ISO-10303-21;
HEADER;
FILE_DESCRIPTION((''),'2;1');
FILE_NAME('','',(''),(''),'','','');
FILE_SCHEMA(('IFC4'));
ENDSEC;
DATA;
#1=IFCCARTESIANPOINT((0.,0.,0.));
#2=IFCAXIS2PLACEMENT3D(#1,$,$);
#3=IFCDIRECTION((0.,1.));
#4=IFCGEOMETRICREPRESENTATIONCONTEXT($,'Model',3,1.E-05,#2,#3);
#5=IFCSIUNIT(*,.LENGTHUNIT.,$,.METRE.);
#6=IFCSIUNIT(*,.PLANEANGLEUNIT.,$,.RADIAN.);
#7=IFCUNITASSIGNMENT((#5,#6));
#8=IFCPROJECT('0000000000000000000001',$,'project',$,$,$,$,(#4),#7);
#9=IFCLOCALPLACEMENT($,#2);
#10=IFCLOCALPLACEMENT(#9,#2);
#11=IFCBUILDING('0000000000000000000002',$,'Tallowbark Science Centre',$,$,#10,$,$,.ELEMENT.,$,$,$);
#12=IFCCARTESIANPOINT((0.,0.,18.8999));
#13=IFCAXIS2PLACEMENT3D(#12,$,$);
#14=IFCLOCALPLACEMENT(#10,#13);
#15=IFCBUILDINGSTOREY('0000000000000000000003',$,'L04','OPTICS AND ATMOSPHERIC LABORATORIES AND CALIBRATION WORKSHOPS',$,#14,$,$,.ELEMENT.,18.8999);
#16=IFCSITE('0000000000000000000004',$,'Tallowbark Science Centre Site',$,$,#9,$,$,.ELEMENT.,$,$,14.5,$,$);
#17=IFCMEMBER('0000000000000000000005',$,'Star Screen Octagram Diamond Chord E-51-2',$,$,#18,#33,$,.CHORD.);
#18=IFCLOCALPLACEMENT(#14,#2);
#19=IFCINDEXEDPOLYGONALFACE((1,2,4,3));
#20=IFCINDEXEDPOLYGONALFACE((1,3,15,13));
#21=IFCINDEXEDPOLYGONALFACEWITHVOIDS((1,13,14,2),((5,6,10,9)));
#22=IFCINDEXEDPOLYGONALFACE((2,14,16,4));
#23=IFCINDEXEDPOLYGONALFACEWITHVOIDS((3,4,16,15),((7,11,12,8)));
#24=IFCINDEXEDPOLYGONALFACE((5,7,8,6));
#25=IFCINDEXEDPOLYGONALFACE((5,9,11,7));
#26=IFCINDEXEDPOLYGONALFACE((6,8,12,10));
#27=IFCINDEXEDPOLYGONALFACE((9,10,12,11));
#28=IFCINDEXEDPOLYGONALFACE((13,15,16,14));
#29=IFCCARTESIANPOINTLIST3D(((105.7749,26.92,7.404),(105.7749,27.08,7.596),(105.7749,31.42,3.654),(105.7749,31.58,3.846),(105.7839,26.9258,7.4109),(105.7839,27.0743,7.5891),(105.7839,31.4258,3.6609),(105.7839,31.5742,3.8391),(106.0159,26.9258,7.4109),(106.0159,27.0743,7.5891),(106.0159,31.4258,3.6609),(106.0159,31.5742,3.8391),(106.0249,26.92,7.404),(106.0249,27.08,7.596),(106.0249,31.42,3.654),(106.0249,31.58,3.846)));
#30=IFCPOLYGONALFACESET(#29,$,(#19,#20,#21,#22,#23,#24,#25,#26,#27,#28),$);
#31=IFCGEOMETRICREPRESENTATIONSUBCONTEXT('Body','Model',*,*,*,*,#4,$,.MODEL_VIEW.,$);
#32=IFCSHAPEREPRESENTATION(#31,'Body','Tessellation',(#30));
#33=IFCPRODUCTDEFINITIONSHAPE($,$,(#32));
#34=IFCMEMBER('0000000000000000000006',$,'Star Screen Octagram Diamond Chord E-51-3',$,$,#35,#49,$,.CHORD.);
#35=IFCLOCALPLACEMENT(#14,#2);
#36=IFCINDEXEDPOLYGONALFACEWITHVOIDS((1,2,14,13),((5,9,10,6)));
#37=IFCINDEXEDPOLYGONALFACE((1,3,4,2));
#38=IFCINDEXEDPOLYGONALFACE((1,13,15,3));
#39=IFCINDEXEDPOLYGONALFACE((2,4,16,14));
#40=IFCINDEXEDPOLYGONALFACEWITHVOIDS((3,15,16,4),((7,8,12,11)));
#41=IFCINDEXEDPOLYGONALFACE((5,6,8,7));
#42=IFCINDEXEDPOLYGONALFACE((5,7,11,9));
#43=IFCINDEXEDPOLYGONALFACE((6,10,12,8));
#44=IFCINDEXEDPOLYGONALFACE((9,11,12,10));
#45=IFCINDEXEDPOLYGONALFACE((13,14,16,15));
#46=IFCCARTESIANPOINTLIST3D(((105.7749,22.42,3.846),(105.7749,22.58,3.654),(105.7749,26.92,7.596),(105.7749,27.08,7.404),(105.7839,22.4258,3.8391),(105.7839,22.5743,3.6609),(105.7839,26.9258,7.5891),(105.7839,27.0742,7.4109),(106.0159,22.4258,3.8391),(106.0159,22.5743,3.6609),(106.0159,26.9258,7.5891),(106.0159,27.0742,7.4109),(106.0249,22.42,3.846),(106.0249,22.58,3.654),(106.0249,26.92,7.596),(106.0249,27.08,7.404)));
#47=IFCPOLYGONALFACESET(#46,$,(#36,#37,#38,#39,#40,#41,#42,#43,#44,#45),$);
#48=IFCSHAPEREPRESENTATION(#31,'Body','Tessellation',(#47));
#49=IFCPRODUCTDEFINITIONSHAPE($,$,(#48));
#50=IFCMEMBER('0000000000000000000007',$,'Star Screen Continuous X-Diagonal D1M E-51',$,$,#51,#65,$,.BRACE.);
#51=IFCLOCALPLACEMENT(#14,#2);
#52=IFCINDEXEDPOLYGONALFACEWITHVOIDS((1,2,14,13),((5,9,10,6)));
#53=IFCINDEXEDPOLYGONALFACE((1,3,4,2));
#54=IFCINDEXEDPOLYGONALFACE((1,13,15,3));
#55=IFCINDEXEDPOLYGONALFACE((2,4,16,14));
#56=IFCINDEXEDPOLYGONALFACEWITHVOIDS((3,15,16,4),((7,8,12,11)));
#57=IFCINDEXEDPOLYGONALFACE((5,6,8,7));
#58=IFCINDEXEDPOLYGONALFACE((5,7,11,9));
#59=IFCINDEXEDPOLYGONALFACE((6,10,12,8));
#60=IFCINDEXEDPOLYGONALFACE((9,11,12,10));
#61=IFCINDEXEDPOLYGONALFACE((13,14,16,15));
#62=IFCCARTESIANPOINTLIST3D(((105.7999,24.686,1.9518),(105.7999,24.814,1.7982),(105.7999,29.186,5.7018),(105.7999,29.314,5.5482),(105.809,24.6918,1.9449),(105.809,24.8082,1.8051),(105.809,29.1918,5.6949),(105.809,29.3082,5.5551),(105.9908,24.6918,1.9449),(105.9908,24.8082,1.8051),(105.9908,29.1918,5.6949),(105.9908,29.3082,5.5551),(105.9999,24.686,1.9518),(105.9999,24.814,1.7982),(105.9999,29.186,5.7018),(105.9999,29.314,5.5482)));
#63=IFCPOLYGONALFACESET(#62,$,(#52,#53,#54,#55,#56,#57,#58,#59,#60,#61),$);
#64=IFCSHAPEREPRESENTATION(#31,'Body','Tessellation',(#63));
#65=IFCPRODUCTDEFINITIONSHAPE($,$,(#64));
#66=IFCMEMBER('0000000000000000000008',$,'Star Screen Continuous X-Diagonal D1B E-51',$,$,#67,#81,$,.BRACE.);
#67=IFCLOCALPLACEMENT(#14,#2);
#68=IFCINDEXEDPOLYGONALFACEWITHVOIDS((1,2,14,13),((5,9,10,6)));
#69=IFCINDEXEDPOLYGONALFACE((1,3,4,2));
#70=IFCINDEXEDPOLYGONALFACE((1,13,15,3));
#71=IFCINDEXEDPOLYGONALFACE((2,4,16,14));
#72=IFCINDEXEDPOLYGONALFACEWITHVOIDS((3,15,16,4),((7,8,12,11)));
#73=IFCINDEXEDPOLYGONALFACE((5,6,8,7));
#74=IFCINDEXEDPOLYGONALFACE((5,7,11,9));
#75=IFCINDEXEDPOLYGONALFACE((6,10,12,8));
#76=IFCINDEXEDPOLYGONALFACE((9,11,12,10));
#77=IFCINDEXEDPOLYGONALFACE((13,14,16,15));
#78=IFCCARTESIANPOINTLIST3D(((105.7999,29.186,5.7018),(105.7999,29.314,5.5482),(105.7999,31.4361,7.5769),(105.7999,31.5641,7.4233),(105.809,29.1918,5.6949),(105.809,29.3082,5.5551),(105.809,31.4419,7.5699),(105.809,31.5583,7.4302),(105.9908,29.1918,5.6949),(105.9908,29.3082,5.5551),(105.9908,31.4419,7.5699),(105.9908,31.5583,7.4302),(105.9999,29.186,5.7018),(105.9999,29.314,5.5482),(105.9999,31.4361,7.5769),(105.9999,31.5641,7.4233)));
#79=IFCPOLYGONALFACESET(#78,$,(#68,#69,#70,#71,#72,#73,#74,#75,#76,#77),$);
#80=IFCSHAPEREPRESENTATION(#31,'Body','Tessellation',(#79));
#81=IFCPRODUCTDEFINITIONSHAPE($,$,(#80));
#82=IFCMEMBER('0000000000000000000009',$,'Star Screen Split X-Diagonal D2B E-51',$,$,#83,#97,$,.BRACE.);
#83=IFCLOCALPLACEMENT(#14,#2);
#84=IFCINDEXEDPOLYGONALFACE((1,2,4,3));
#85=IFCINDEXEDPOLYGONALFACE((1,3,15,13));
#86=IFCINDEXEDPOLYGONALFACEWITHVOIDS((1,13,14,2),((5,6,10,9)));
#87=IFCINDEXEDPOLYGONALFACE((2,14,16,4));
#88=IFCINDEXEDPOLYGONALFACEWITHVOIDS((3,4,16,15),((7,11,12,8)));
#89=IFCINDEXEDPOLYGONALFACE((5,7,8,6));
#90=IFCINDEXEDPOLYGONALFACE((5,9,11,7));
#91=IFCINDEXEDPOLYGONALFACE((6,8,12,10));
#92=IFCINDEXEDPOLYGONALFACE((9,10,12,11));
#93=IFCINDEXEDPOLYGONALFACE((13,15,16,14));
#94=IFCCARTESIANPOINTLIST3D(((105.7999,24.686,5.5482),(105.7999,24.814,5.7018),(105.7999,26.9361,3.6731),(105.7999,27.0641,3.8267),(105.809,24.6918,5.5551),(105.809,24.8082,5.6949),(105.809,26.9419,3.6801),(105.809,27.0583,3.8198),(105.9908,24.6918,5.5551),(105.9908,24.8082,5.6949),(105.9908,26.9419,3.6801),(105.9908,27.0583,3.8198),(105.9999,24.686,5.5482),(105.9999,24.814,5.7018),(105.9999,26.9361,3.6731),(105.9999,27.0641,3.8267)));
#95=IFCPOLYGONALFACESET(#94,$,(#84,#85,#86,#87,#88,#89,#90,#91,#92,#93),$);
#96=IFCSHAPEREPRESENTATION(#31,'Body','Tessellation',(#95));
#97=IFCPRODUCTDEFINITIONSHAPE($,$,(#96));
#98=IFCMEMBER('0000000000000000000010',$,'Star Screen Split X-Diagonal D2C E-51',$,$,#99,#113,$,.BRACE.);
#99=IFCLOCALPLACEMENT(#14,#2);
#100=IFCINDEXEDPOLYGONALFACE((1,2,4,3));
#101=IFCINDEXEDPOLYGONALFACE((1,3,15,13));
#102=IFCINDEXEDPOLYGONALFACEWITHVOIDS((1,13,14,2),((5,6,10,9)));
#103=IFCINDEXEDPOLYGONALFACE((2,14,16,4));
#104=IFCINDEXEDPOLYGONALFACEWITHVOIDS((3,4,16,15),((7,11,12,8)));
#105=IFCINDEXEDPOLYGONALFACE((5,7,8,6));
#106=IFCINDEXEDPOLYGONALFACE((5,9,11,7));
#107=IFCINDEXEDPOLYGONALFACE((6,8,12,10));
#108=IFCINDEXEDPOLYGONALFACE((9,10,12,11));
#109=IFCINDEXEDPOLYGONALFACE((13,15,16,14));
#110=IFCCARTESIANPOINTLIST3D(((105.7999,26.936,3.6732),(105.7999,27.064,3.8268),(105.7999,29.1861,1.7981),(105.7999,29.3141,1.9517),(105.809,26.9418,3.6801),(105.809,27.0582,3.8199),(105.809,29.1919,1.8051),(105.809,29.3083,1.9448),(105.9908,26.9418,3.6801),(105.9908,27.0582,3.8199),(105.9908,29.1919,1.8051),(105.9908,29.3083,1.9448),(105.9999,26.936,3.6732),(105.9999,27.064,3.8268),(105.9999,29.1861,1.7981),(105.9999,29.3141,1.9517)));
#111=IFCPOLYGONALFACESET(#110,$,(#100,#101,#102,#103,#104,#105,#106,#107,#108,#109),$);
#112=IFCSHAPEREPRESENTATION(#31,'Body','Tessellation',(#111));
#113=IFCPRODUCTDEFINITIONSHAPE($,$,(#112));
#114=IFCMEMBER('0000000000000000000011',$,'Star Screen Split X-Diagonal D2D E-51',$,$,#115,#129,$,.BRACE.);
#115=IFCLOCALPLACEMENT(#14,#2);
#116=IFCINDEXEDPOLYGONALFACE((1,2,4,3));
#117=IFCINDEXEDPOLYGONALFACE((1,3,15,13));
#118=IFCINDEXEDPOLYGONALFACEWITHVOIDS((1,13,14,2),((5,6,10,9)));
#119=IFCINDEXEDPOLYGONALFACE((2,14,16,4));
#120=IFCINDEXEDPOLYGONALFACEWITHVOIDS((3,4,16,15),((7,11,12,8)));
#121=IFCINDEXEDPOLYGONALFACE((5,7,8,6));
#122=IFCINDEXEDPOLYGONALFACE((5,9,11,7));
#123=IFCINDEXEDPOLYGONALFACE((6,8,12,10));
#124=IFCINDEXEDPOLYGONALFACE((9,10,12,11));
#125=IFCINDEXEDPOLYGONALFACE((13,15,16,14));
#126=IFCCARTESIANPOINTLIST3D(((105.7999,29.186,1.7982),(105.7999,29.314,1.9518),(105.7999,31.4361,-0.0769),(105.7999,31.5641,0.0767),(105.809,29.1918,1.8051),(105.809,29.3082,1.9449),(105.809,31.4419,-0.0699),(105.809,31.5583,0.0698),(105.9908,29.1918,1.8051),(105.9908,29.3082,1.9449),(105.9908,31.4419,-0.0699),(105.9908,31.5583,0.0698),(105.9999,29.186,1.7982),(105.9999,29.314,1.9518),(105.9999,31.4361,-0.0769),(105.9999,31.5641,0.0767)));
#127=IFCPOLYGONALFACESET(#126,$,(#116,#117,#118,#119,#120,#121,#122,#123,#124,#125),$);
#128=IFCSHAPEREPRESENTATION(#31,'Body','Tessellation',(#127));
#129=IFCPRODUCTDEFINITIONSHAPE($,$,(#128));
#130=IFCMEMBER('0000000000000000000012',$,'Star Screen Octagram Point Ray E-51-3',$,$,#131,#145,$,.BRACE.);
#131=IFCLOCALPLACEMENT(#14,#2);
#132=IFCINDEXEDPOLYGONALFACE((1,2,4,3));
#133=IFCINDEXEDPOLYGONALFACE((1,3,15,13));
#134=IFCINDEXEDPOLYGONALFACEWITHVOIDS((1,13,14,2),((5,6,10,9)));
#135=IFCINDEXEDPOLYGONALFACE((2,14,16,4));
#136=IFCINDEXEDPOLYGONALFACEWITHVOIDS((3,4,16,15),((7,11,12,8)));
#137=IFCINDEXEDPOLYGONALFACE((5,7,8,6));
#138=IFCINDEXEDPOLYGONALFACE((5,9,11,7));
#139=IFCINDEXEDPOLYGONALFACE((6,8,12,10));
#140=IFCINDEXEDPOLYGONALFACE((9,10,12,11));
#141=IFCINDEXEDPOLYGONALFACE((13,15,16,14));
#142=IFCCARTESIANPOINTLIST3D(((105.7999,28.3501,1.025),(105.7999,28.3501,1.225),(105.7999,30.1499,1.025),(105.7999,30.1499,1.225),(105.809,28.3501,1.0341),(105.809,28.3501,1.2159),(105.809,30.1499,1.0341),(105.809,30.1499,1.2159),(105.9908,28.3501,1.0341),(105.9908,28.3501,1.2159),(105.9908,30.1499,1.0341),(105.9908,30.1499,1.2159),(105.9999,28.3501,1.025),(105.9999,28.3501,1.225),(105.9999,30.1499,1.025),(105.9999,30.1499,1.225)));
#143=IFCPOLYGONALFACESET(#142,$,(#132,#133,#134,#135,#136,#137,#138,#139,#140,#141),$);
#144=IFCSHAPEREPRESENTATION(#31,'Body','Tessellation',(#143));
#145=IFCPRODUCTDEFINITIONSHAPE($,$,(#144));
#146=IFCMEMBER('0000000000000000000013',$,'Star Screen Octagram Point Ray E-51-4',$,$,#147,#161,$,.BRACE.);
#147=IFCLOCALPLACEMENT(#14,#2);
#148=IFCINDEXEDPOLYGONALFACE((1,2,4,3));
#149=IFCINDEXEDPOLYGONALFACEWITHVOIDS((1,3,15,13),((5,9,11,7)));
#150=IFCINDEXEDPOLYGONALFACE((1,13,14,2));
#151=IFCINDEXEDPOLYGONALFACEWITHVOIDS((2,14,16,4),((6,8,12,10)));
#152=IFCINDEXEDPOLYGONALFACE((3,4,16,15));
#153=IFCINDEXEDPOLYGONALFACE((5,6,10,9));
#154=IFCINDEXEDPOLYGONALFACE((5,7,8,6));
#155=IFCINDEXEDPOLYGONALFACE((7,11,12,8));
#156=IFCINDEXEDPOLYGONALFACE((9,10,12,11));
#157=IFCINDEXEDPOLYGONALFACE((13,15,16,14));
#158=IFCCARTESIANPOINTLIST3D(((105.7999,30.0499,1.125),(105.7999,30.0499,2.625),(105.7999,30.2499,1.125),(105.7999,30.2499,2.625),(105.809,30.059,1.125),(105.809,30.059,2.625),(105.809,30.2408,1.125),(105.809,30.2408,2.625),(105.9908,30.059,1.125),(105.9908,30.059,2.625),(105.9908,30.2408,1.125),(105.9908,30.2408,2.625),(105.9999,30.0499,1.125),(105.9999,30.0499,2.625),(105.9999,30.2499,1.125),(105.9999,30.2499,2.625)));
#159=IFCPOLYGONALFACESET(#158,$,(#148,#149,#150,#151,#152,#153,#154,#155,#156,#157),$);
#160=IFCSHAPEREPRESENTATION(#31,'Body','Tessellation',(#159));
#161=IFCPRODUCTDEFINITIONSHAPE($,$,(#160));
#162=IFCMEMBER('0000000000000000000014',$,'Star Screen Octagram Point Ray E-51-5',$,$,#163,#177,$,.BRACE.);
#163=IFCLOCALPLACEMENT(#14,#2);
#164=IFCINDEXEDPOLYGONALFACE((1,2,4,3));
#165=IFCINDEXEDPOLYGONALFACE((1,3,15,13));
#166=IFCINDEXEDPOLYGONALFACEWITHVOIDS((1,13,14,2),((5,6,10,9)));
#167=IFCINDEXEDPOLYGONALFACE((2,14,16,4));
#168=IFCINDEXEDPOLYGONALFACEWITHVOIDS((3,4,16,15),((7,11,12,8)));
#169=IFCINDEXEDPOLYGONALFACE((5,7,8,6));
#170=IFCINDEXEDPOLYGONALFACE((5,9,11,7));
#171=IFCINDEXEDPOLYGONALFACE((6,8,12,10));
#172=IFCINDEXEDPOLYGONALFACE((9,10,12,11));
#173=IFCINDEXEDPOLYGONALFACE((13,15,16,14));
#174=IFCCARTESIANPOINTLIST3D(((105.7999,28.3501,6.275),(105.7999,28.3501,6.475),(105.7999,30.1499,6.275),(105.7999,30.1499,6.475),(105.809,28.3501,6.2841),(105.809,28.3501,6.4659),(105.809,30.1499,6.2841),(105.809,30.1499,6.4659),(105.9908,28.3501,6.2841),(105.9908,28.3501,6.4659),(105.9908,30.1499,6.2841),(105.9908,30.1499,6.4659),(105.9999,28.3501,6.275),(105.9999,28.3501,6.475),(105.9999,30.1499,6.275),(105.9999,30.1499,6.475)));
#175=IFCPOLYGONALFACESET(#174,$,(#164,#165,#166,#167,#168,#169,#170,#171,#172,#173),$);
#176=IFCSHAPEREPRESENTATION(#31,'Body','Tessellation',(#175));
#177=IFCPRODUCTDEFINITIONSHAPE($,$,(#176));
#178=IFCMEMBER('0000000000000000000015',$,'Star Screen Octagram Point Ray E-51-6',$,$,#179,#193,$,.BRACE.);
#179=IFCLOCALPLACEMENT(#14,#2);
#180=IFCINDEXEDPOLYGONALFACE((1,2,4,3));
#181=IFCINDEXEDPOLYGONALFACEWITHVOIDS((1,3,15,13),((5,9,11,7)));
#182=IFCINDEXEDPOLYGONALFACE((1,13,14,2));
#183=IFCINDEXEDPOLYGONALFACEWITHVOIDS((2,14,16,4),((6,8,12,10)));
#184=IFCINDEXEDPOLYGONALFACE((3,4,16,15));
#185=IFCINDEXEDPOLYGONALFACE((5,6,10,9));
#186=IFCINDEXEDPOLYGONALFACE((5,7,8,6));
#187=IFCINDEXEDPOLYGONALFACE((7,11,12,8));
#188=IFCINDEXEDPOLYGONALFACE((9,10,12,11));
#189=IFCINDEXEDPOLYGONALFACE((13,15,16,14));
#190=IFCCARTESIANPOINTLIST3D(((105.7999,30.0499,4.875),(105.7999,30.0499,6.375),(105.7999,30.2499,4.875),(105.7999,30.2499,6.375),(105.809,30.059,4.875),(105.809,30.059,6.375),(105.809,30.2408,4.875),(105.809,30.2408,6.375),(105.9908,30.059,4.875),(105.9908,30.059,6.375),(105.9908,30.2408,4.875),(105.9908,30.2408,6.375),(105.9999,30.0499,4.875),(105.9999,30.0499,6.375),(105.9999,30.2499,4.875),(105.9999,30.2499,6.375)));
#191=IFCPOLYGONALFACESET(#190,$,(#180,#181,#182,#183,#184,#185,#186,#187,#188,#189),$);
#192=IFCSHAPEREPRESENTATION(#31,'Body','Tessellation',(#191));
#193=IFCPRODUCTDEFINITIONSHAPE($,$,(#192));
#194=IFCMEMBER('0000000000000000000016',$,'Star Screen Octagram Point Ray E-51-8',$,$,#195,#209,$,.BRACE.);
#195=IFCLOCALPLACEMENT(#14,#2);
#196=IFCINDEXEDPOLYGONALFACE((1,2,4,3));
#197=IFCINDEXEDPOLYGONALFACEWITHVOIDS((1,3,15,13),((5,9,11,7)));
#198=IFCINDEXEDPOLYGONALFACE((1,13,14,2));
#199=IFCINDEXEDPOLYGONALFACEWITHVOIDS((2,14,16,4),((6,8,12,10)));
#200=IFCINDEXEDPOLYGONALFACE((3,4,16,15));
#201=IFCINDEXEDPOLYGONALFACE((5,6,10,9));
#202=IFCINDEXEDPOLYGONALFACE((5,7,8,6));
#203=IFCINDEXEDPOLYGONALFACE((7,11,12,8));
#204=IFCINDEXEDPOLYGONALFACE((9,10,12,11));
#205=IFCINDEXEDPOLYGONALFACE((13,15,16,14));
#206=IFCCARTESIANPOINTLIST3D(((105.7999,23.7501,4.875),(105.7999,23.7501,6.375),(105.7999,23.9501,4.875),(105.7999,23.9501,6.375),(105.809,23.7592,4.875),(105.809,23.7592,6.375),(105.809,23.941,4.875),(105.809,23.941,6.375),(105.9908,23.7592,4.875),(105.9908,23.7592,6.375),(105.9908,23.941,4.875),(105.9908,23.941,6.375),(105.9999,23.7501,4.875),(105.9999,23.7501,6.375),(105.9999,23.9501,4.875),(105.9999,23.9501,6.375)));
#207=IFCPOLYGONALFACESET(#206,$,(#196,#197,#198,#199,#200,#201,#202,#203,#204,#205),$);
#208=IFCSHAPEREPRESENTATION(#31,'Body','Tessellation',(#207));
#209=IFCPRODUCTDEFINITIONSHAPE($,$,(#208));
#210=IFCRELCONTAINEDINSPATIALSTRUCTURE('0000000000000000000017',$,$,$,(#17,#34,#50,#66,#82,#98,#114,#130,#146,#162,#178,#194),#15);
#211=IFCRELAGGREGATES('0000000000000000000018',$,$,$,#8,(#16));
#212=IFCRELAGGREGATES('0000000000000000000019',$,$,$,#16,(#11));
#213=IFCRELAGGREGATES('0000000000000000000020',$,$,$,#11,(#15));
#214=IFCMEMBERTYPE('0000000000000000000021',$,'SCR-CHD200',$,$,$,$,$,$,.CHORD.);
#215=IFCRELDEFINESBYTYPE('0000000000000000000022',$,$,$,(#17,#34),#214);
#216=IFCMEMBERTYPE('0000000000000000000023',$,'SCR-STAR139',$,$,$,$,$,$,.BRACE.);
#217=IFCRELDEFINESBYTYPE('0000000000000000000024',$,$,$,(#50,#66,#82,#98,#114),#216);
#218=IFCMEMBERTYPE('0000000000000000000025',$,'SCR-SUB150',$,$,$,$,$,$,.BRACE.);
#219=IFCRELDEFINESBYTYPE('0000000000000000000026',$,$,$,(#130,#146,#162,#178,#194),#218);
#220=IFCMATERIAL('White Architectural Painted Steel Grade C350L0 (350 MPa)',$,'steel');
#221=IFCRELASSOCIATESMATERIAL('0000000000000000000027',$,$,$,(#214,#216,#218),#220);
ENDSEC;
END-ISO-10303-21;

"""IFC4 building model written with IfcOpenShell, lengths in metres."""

from ifc_helpers import new_model, si_unit, direction, frame, origin, origin_2d, place, context, subcontext, project, spatial, hollow_rectangle, extrude, material, material_profile, profile_set, type_object, element, save


model = new_model("IFC4")

# Units and contexts
model_context = context("Model", 3, precision=1e-05, world=origin(), true_north=direction((0.0, 1.0)))
body_context = subcontext(model_context, "Body", "Model", "MODEL_VIEW")
ifc_project = project(units=[si_unit("LENGTHUNIT", "METRE"), si_unit("PLANEANGLEUNIT", "RADIAN")], contexts=[model_context])

# Site, building, storey
site_placement = place(None, origin())
site = spatial("IfcSite", under=ifc_project, at=site_placement, Name="Tallowbark Science Centre Site", CompositionType="ELEMENT", RefElevation=14.5)
building_placement = place(site_placement, origin())
building = spatial("IfcBuilding", under=site, at=building_placement, Name="Tallowbark Science Centre", CompositionType="ELEMENT")
storey_placement = place(building_placement, frame((0.0, 0.0, 18.8999)))
storey = spatial("IfcBuildingStorey", under=building, at=storey_placement, Name="L04", Description="OPTICS AND ATMOSPHERIC LABORATORIES AND CALIBRATION WORKSHOPS", CompositionType="ELEMENT", Elevation=18.8999)

# Shared definitions
ifc_material_1 = material(Name="White Architectural Painted Steel Grade C350L0 (350 MPa)", Category="steel")

# Members
ifc_material_profile_1 = material_profile(ifc_material_1, hollow_rectangle(XDim=0.25, YDim=0.25, WallThickness=0.009, at=origin_2d()), Name="250x250x9.0SHS")
ifc_profile_set_1 = profile_set([ifc_material_profile_1], Name="White Architectural Painted Steel Grade C350L0 (350 MPa)")
member_type_1 = type_object("IfcMemberType", Name="SCR-CHD200", PredefinedType="CHORD", material=ifc_profile_set_1)
for number, where, z_axis, x_axis, name in (
    (1, (105.8999, 31.5, 3.75), (0.0, -0.768221, 0.640184), (1.0, 0.0, 0.0), "Star Screen Octagram Diamond Chord E-51-2"),
    (2, (105.8999, 27.0, 7.5), (0.0, -0.768221, -0.640184), (1.0, 0.0, 0.0), "Star Screen Octagram Diamond Chord E-51-3"),
):
    element("IfcMember", number, at=place(storey_placement, frame(where, z_axis=z_axis, x_axis=x_axis)), inside=storey, type_object=member_type_1, Name=name, PredefinedType="CHORD", context=body_context, shape_type="SweptSolid", body=[
        extrude(hollow_rectangle(XDim=0.25, YDim=0.25, WallThickness=0.009, at=origin_2d()), origin(), (0.0, 0.0, 1.0), 5.8577),
    ])
ifc_material_profile_2 = material_profile(ifc_material_1, hollow_rectangle(XDim=0.2, YDim=0.2, WallThickness=0.009, at=origin_2d()), Name="200x200x9.0SHS")
ifc_profile_set_2 = profile_set([ifc_material_profile_2], Name="White Architectural Painted Steel Grade C350L0 (350 MPa)")
member_type_2 = type_object("IfcMemberType", Name="SCR-STAR139", PredefinedType="BRACE", material=ifc_profile_set_2)
member_1_placement = place(storey_placement, frame((105.8999, 24.75, 1.875), z_axis=(0.0, 0.768221, 0.640184), x_axis=(-1.0, 0.0, 0.0)))
element("IfcMember", 3, at=member_1_placement, inside=storey, type_object=member_type_2, Name="Star Screen Continuous X-Diagonal D1M E-51", PredefinedType="BRACE", context=body_context, shape_type="SweptSolid", body=[
    extrude(hollow_rectangle(XDim=0.2, YDim=0.2, WallThickness=0.009, at=origin_2d()), origin(), (0.0, 0.0, 1.0), 5.8577),
])
for number, where, z_axis, x_axis, name in (
    (4, (105.8999, 29.25, 5.625), (0.0, 0.768221, 0.640184), (-1.0, 0.0, 0.0), "Star Screen Continuous X-Diagonal D1B E-51"),
    (5, (105.8999, 24.75, 5.625), (0.0, 0.768221, -0.640184), (-1.0, 0.0, 0.0), "Star Screen Split X-Diagonal D2B E-51"),
    (6, (105.8999, 27.0, 3.75), (0.0, 0.768221, -0.640184), (-1.0, 0.0, 0.0), "Star Screen Split X-Diagonal D2C E-51"),
    (7, (105.8999, 29.25, 1.875), (0.0, 0.768221, -0.640184), (-1.0, 0.0, 0.0), "Star Screen Split X-Diagonal D2D E-51"),
):
    element("IfcMember", number, at=place(storey_placement, frame(where, z_axis=z_axis, x_axis=x_axis)), inside=storey, type_object=member_type_2, Name=name, PredefinedType="BRACE", context=body_context, shape_type="SweptSolid", body=[
        extrude(hollow_rectangle(XDim=0.2, YDim=0.2, WallThickness=0.009, at=origin_2d()), origin(), (0.0, 0.0, 1.0), 2.929),
    ])
ifc_material_profile_3 = material_profile(ifc_material_1, hollow_rectangle(XDim=0.2, YDim=0.2, WallThickness=0.009, at=origin_2d()), Name="200x200x9.0SHS")
ifc_profile_set_3 = profile_set([ifc_material_profile_3], Name="White Architectural Painted Steel Grade C350L0 (350 MPa)")
member_type_3 = type_object("IfcMemberType", Name="SCR-SUB150", PredefinedType="BRACE", material=ifc_profile_set_3)
member_2_placement = place(storey_placement, frame((105.8999, 30.1499, 1.125), z_axis=(0.0, -1.0, 0.0), x_axis=(1.0, 0.0, 0.0)))
element("IfcMember", 8, at=member_2_placement, inside=storey, type_object=member_type_3, Name="Star Screen Octagram Point Ray E-51-3", PredefinedType="BRACE", context=body_context, shape_type="SweptSolid", body=[
    extrude(hollow_rectangle(XDim=0.2, YDim=0.2, WallThickness=0.009, at=origin_2d()), origin(), (0.0, 0.0, 1.0), 1.7998),
])
member_3_placement = place(storey_placement, frame((105.8999, 30.1499, 1.125), z_axis=(0.0, 0.0, 1.0), x_axis=(1.0, 0.0, 0.0)))
element("IfcMember", 9, at=member_3_placement, inside=storey, type_object=member_type_3, Name="Star Screen Octagram Point Ray E-51-4", PredefinedType="BRACE", context=body_context, shape_type="SweptSolid", body=[
    extrude(hollow_rectangle(XDim=0.2, YDim=0.2, WallThickness=0.009, at=origin_2d()), origin(), (0.0, 0.0, 1.0), 1.5),
])
member_4_placement = place(storey_placement, frame((105.8999, 30.1499, 6.375), z_axis=(0.0, -1.0, 0.0), x_axis=(1.0, 0.0, 0.0)))
element("IfcMember", 10, at=member_4_placement, inside=storey, type_object=member_type_3, Name="Star Screen Octagram Point Ray E-51-5", PredefinedType="BRACE", context=body_context, shape_type="SweptSolid", body=[
    extrude(hollow_rectangle(XDim=0.2, YDim=0.2, WallThickness=0.009, at=origin_2d()), origin(), (0.0, 0.0, 1.0), 1.7998),
])
for number, where, z_axis, x_axis, name in (
    (11, (105.8999, 30.1499, 6.375), (0.0, 0.0, -1.0), (1.0, 0.0, 0.0), "Star Screen Octagram Point Ray E-51-6"),
    (12, (105.8999, 23.8501, 6.375), (0.0, 0.0, -1.0), (1.0, 0.0, 0.0), "Star Screen Octagram Point Ray E-51-8"),
):
    element("IfcMember", number, at=place(storey_placement, frame(where, z_axis=z_axis, x_axis=x_axis)), inside=storey, type_object=member_type_3, Name=name, PredefinedType="BRACE", context=body_context, shape_type="SweptSolid", body=[
        extrude(hollow_rectangle(XDim=0.2, YDim=0.2, WallThickness=0.009, at=origin_2d()), origin(), (0.0, 0.0, 1.0), 1.5),
    ])

save(model, "model.ifc")
